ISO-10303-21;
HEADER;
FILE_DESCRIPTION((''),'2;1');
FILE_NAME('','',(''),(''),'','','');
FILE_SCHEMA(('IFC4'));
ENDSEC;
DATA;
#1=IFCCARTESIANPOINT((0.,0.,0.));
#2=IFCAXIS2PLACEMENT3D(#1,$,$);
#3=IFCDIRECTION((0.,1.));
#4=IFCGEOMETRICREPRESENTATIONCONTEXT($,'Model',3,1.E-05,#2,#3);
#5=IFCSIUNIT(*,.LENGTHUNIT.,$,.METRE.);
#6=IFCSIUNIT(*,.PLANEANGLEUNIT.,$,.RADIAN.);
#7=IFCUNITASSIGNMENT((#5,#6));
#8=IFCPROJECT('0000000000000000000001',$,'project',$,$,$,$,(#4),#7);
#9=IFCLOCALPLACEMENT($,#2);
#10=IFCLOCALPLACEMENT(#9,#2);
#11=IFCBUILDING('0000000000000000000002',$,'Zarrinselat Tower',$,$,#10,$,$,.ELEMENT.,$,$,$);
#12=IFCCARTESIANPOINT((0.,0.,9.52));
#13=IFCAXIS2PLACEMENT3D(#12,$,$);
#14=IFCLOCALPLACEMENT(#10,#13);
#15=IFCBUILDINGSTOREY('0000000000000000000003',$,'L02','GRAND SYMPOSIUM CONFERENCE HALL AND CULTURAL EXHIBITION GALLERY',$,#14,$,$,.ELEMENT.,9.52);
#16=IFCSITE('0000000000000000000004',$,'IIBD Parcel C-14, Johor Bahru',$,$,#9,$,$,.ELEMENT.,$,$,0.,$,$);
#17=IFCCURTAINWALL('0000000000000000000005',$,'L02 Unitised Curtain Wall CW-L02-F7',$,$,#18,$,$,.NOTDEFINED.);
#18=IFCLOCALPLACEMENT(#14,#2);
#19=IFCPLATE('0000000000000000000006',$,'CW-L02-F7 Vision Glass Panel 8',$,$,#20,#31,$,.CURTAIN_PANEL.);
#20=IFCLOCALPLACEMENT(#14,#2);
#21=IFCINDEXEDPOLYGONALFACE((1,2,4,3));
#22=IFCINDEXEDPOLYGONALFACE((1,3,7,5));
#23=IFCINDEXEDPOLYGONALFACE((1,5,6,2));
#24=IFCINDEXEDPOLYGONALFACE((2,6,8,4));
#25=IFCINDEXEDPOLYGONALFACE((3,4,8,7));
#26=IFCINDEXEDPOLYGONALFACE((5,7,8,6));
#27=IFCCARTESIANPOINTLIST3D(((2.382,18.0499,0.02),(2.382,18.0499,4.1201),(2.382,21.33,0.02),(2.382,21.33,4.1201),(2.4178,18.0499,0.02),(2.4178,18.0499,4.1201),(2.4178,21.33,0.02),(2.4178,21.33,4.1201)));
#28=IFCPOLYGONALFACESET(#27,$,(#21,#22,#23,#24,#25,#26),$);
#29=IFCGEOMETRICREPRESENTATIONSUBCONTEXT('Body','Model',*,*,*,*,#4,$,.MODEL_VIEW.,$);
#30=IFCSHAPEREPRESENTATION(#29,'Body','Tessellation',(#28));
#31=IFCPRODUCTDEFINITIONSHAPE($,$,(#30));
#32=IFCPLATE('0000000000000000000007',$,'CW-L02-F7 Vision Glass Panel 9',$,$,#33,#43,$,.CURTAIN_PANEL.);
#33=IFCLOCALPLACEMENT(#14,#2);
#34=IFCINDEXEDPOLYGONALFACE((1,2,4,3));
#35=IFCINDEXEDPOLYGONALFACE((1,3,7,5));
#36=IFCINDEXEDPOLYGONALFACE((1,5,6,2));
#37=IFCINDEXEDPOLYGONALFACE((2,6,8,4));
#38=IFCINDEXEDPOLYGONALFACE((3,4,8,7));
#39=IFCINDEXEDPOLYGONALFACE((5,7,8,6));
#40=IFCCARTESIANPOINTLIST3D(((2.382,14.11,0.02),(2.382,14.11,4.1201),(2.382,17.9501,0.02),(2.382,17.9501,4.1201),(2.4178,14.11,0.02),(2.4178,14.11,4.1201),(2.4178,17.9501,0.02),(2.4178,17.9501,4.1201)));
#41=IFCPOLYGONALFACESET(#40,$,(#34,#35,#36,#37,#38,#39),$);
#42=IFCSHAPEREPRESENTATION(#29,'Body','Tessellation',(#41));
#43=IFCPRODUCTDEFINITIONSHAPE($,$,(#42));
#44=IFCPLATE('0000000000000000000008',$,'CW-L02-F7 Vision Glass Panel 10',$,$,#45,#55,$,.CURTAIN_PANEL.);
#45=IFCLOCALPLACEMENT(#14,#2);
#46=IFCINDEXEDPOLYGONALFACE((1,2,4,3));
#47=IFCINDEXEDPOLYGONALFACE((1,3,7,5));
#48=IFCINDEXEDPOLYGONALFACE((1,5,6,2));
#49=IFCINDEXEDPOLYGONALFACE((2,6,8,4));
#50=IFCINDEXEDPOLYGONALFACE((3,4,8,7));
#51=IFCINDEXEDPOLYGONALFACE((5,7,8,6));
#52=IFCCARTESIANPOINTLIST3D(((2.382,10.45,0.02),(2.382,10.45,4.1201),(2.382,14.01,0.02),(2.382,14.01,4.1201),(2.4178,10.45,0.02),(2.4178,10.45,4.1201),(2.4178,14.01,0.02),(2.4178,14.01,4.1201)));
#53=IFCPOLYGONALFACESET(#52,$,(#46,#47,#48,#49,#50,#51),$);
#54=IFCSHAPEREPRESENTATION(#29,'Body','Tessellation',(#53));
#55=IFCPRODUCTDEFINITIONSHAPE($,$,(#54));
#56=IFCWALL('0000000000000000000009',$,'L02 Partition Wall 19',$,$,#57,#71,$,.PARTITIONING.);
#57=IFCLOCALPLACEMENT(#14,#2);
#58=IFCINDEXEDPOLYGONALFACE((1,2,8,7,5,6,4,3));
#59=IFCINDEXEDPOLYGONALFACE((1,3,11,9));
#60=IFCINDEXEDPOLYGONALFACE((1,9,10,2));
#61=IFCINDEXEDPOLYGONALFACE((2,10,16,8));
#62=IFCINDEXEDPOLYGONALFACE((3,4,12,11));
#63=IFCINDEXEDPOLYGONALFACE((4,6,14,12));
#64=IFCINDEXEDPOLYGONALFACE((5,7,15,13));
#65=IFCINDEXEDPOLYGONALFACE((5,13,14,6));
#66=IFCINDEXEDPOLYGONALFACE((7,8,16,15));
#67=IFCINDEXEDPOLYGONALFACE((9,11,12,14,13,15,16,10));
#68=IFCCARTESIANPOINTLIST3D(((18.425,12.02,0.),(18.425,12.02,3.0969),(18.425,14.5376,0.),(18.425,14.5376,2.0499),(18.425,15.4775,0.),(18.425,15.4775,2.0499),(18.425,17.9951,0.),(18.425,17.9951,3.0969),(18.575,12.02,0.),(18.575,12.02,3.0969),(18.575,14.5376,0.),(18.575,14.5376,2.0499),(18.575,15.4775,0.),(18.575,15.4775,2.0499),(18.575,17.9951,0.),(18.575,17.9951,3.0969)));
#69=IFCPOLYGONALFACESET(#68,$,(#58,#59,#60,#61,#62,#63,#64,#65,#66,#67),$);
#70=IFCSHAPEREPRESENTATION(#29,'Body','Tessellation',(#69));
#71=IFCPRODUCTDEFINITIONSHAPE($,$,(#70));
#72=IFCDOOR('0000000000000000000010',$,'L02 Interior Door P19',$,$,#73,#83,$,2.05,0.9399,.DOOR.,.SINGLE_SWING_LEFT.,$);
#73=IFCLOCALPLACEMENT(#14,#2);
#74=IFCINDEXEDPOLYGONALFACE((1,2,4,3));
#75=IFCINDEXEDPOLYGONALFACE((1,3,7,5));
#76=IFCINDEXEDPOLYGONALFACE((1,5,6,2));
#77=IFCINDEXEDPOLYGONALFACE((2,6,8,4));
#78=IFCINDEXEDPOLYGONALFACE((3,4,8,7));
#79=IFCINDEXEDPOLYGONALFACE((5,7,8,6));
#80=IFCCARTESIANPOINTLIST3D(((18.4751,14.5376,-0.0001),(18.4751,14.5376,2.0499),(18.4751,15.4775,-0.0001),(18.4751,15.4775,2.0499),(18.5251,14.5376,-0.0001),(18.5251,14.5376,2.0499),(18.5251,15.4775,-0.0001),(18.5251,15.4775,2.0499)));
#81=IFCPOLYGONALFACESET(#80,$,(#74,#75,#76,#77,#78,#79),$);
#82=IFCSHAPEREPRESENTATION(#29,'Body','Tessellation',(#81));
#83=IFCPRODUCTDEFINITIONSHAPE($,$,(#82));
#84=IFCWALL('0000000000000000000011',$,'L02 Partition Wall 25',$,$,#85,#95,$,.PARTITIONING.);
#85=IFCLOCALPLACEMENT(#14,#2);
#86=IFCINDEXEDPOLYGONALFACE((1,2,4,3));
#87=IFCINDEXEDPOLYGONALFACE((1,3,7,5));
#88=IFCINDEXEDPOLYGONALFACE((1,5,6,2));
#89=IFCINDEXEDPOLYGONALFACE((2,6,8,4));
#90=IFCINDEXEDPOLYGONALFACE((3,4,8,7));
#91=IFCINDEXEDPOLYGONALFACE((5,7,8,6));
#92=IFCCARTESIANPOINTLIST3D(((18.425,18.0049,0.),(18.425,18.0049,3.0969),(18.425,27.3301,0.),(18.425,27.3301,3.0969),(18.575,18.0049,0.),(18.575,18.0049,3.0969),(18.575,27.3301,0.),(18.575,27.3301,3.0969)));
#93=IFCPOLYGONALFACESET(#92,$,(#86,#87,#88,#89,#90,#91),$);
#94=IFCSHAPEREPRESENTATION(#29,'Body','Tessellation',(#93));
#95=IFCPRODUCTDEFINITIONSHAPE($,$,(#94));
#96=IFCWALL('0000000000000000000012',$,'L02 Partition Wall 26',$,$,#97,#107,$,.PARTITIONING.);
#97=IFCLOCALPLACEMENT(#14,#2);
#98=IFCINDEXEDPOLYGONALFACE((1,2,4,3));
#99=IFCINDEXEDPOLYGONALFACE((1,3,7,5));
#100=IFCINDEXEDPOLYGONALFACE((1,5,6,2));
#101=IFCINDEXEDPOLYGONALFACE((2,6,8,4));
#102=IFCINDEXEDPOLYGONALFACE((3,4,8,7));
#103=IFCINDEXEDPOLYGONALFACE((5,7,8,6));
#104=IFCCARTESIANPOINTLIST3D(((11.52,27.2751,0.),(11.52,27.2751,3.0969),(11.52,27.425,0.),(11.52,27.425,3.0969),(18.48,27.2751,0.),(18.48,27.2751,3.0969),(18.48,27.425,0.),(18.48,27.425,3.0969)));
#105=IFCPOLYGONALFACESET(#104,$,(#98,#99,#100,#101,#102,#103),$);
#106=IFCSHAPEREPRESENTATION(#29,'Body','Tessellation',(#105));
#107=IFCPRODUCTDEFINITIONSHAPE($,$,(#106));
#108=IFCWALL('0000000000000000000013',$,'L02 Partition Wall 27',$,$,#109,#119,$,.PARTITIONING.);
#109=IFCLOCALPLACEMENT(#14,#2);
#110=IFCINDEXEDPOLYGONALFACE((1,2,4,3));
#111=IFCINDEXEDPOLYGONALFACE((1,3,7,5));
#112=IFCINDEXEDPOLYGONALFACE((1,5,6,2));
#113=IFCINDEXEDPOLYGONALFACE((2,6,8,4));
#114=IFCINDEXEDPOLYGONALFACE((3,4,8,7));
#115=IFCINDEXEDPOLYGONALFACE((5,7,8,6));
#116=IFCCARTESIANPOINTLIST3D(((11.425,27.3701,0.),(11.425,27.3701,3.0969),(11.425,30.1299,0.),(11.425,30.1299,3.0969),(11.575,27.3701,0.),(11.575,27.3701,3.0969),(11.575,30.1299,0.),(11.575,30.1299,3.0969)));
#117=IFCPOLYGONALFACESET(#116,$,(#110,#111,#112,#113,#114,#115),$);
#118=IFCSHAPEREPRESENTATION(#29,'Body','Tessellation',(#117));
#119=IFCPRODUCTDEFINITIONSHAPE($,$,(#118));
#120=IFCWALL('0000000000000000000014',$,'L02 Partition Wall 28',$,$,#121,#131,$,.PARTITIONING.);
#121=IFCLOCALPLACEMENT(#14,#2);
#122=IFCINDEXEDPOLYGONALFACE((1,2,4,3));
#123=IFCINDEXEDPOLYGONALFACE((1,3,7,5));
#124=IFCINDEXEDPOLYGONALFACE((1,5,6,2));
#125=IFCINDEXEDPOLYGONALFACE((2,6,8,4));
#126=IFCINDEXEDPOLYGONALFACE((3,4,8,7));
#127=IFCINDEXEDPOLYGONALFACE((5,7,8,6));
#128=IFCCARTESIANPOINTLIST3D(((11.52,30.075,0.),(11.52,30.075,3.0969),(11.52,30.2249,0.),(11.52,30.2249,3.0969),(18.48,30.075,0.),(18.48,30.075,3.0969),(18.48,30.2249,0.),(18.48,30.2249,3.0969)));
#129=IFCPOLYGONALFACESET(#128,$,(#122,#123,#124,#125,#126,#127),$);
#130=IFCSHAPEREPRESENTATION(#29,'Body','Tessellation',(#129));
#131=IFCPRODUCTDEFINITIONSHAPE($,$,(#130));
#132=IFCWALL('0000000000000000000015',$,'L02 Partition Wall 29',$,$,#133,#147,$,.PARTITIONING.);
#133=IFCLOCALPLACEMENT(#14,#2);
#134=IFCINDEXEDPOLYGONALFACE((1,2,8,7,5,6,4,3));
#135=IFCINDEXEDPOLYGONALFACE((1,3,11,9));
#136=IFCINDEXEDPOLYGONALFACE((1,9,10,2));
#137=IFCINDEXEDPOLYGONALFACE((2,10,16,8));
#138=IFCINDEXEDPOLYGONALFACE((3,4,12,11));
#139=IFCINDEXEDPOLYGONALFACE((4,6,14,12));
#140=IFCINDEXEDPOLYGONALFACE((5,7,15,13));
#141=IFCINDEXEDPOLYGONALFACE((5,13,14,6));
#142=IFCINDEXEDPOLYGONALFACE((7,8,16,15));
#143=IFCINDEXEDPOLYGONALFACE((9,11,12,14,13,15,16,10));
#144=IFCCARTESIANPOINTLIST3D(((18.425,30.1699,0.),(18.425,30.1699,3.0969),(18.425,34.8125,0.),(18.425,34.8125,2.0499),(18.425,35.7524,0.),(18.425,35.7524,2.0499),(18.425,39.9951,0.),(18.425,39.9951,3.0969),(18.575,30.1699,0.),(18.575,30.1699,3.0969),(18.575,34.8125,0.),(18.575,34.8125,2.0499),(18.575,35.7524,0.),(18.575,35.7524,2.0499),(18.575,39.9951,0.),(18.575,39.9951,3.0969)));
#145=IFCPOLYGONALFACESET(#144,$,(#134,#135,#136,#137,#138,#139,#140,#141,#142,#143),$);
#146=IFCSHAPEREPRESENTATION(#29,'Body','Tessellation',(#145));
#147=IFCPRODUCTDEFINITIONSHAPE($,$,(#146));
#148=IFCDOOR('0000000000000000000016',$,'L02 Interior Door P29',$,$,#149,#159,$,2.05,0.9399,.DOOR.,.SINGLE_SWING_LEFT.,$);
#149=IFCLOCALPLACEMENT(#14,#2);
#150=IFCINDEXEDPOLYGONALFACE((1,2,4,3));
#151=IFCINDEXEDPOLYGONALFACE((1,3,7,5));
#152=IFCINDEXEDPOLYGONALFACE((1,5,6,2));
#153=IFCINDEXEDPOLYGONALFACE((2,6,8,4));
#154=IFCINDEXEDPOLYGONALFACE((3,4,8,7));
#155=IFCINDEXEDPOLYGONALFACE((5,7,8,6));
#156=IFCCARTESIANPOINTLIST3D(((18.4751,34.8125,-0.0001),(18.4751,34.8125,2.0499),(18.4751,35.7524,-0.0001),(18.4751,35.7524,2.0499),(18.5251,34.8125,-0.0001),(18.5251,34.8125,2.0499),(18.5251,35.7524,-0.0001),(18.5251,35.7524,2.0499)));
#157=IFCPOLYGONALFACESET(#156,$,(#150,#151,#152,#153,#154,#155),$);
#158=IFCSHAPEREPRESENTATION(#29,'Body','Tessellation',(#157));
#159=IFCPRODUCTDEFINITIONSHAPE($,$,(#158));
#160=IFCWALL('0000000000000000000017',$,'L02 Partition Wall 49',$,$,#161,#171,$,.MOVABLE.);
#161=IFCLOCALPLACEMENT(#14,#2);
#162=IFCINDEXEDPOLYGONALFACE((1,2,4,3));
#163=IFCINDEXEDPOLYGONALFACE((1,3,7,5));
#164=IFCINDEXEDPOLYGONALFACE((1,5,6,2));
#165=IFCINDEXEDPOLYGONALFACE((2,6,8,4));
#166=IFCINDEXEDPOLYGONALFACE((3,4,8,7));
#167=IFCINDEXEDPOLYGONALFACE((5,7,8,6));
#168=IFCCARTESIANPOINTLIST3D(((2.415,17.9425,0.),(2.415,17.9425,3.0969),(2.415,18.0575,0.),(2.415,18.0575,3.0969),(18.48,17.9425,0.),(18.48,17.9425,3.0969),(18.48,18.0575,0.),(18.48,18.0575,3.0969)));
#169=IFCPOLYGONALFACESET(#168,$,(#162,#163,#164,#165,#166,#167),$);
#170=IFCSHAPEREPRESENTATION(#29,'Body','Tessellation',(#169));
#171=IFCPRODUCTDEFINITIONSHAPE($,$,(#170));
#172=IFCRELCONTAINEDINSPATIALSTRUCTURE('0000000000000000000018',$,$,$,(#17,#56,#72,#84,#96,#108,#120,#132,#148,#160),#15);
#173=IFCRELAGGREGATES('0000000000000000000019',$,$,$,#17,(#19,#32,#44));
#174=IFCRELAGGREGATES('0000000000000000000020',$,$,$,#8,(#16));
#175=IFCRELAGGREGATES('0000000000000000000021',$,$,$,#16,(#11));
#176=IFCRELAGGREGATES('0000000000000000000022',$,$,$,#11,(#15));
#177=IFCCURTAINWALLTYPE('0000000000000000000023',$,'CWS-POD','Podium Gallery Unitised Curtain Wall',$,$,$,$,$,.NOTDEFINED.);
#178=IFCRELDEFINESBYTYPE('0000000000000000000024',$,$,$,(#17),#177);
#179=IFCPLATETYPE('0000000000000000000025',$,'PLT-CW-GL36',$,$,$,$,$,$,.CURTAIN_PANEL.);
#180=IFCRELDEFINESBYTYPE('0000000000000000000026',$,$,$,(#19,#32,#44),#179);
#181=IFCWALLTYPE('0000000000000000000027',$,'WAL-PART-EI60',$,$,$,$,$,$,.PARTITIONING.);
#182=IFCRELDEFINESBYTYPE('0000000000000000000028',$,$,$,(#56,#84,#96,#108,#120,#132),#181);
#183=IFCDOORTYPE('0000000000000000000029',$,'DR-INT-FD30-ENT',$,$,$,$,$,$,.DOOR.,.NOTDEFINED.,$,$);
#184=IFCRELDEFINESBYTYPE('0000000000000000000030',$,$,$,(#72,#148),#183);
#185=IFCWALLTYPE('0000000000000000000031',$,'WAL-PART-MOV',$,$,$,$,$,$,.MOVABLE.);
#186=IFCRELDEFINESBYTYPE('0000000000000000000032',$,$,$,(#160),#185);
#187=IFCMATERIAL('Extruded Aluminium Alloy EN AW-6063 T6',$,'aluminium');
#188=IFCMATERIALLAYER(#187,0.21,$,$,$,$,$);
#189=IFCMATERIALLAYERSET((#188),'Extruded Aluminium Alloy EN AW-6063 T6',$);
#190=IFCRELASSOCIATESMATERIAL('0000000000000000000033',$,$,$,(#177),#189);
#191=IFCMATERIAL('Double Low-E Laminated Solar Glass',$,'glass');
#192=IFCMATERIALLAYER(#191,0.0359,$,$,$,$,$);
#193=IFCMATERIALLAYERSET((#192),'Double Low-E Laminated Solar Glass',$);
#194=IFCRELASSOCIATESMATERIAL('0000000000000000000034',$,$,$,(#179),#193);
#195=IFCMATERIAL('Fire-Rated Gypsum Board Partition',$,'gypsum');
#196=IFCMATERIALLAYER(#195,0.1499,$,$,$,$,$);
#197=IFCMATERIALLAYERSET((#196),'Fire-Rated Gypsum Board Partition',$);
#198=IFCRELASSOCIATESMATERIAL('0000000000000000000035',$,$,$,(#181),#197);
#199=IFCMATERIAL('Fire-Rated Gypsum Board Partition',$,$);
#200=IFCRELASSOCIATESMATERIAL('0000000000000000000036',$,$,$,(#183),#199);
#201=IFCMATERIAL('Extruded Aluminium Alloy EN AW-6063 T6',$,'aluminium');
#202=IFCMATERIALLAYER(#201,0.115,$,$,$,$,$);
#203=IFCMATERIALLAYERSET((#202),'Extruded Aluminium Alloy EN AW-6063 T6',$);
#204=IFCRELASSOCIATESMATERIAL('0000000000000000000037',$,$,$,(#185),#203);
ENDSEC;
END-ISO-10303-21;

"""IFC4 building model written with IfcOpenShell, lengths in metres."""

from ifc_helpers import new_model, si_unit, direction, frame, frame_2d, origin, origin_2d, place, context, subcontext, project, spatial, rectangle, extrude, material, layer, layer_set, type_object, element, fill, aggregate, save


model = new_model("IFC4")

# Units and contexts
model_context = context("Model", 3, precision=1e-05, world=origin(), true_north=direction((0.0, 1.0)))
body_context = subcontext(model_context, "Body", "Model", "MODEL_VIEW")
ifc_project = project(units=[si_unit("LENGTHUNIT", "METRE"), si_unit("PLANEANGLEUNIT", "RADIAN")], contexts=[model_context])

# Site, building, storey
site_placement = place(None, origin())
site = spatial("IfcSite", under=ifc_project, at=site_placement, Name="IIBD Parcel C-14, Johor Bahru", CompositionType="ELEMENT", RefElevation=0.0)
building_placement = place(site_placement, origin())
building = spatial("IfcBuilding", under=site, at=building_placement, Name="Zarrinselat Tower", CompositionType="ELEMENT")
storey_placement = place(building_placement, frame((0.0, 0.0, 9.52)))
storey = spatial("IfcBuildingStorey", under=building, at=storey_placement, Name="L02", Description="GRAND SYMPOSIUM CONFERENCE HALL AND CULTURAL EXHIBITION GALLERY", CompositionType="ELEMENT", Elevation=9.52)

# Curtain wall, plates
ifc_material_1 = material(Name="Extruded Aluminium Alloy EN AW-6063 T6", Category="aluminium")
ifc_layer_1 = layer(ifc_material_1, 0.21)
ifc_layer_set_1 = layer_set([ifc_layer_1], Name="Extruded Aluminium Alloy EN AW-6063 T6")
curtain_wall_type = type_object("IfcCurtainWallType", Name="CWS-POD", Description="Podium Gallery Unitised Curtain Wall", PredefinedType="NOTDEFINED", material=ifc_layer_set_1)
curtain_wall_placement = place(storey_placement, origin())
curtain_wall = element("IfcCurtainWall", 1, at=curtain_wall_placement, inside=storey, type_object=curtain_wall_type, Name="L02 Unitised Curtain Wall CW-L02-F7", PredefinedType="NOTDEFINED")
ifc_material_2 = material(Name="Double Low-E Laminated Solar Glass", Category="glass")
ifc_layer_2 = layer(ifc_material_2, 0.0359)
ifc_layer_set_2 = layer_set([ifc_layer_2], Name="Double Low-E Laminated Solar Glass")
plate_type = type_object("IfcPlateType", Name="PLT-CW-GL36", PredefinedType="CURTAIN_PANEL", material=ifc_layer_set_2)
plate_1_placement = place(storey_placement, frame((2.3999, 19.6899, 0.02), z_axis=(0.0, 0.0, 1.0), x_axis=(0.0, -1.0, 0.0)))
plate_1 = element("IfcPlate", 2, at=plate_1_placement, type_object=plate_type, Name="CW-L02-F7 Vision Glass Panel 8", PredefinedType="CURTAIN_PANEL", context=body_context, shape_type="SweptSolid", body=[
    extrude(rectangle(XDim=3.28, YDim=0.0359, at=origin_2d()), origin(), (0.0, 0.0, 1.0), 4.1001),
])
plate_2_placement = place(storey_placement, frame((2.3999, 16.03, 0.02), z_axis=(0.0, 0.0, 1.0), x_axis=(0.0, -1.0, 0.0)))
plate_2 = element("IfcPlate", 3, at=plate_2_placement, type_object=plate_type, Name="CW-L02-F7 Vision Glass Panel 9", PredefinedType="CURTAIN_PANEL", context=body_context, shape_type="SweptSolid", body=[
    extrude(rectangle(XDim=3.8401, YDim=0.0359, at=origin_2d()), origin(), (0.0, 0.0, 1.0), 4.1001),
])
plate_3_placement = place(storey_placement, frame((2.3999, 12.23, 0.02), z_axis=(0.0, 0.0, 1.0), x_axis=(0.0, -1.0, 0.0)))
plate_3 = element("IfcPlate", 4, at=plate_3_placement, type_object=plate_type, Name="CW-L02-F7 Vision Glass Panel 10", PredefinedType="CURTAIN_PANEL", context=body_context, shape_type="SweptSolid", body=[
    extrude(rectangle(XDim=3.5601, YDim=0.0359, at=origin_2d()), origin(), (0.0, 0.0, 1.0), 4.1001),
])
aggregate(curtain_wall, [plate_1, plate_2, plate_3])

# Wall, opening, door
ifc_material_3 = material(Name="Fire-Rated Gypsum Board Partition", Category="gypsum")
ifc_layer_3 = layer(ifc_material_3, 0.1499)
ifc_layer_set_3 = layer_set([ifc_layer_3], Name="Fire-Rated Gypsum Board Partition")
wall_type_1 = type_object("IfcWallType", Name="WAL-PART-EI60", PredefinedType="PARTITIONING", material=ifc_layer_set_3)
wall_1_placement = place(storey_placement, frame((18.5, 12.02, 0.0), z_axis=(0.0, 0.0, 1.0), x_axis=(0.0, 1.0, 0.0)))
wall_1 = element("IfcWall", 5, at=wall_1_placement, inside=storey, type_object=wall_type_1, Name="L02 Partition Wall 19", PredefinedType="PARTITIONING", context=body_context, shape_type="SweptSolid", body=[
    extrude(rectangle(XDim=5.9751, YDim=0.1499, at=frame_2d((2.9875, 0.0))), origin(), (0.0, 0.0, 1.0), 3.0969),
])
opening_1_placement = place(wall_1_placement, frame((2.5176, 0.0, 0.0)))
opening_1 = element("IfcOpeningElement", 6, at=opening_1_placement, cuts=wall_1, PredefinedType="OPENING", context=body_context, shape_type="SweptSolid", body=[
    extrude(rectangle(XDim=0.9399, YDim=2.05, at=frame_2d((0.47, 1.0249))), frame((0.0, 0.085, 0.0), z_axis=(0.0, -1.0, 0.0), x_axis=(1.0, 0.0, 0.0)), (0.0, 0.0, 1.0), 0.1699),
])
ifc_material_4 = material(Name="Fire-Rated Gypsum Board Partition")
door_type = type_object("IfcDoorType", Name="DR-INT-FD30-ENT", OperationType="NOTDEFINED", PredefinedType="DOOR", material=ifc_material_4)
door_1_placement = place(opening_1_placement, origin())
door_1 = element("IfcDoor", 7, at=door_1_placement, inside=storey, type_object=door_type, Name="L02 Interior Door P19", OperationType="SINGLE_SWING_LEFT", OverallHeight=2.05, OverallWidth=0.9399, PredefinedType="DOOR", context=body_context, shape_type="SweptSolid", body=[
    extrude(rectangle(XDim=0.9399, YDim=2.05, at=frame_2d((0.47, 1.0249))), frame((0.0, 0.0249, 0.0), z_axis=(0.0, -1.0, 0.0), x_axis=(1.0, 0.0, 0.0)), (0.0, 0.0, 1.0), 0.05),
])
fill(opening_1, door_1)

# Walls
wall_2_placement = place(storey_placement, frame((18.5, 18.0049, 0.0), z_axis=(0.0, 0.0, 1.0), x_axis=(0.0, 1.0, 0.0)))
element("IfcWall", 8, at=wall_2_placement, inside=storey, type_object=wall_type_1, Name="L02 Partition Wall 25", PredefinedType="PARTITIONING", context=body_context, shape_type="SweptSolid", body=[
    extrude(rectangle(XDim=9.3252, YDim=0.1499, at=frame_2d((4.6626, 0.0))), origin(), (0.0, 0.0, 1.0), 3.0969),
])
wall_3_placement = place(storey_placement, frame((11.52, 27.3501, 0.0), z_axis=(0.0, 0.0, 1.0), x_axis=(1.0, 0.0, 0.0)))
element("IfcWall", 9, at=wall_3_placement, inside=storey, type_object=wall_type_1, Name="L02 Partition Wall 26", PredefinedType="PARTITIONING", context=body_context, shape_type="SweptSolid", body=[
    extrude(rectangle(XDim=6.96, YDim=0.1499, at=frame_2d((3.48, 0.0))), origin(), (0.0, 0.0, 1.0), 3.0969),
])
wall_4_placement = place(storey_placement, frame((11.5, 27.3701, 0.0), z_axis=(0.0, 0.0, 1.0), x_axis=(0.0, 1.0, 0.0)))
element("IfcWall", 10, at=wall_4_placement, inside=storey, type_object=wall_type_1, Name="L02 Partition Wall 27", PredefinedType="PARTITIONING", context=body_context, shape_type="SweptSolid", body=[
    extrude(rectangle(XDim=2.7598, YDim=0.1499, at=frame_2d((1.3799, 0.0))), origin(), (0.0, 0.0, 1.0), 3.0969),
])
wall_5_placement = place(storey_placement, frame((11.52, 30.1499, 0.0), z_axis=(0.0, 0.0, 1.0), x_axis=(1.0, 0.0, 0.0)))
element("IfcWall", 11, at=wall_5_placement, inside=storey, type_object=wall_type_1, Name="L02 Partition Wall 28", PredefinedType="PARTITIONING", context=body_context, shape_type="SweptSolid", body=[
    extrude(rectangle(XDim=6.96, YDim=0.1499, at=frame_2d((3.48, 0.0))), origin(), (0.0, 0.0, 1.0), 3.0969),
])

# Wall, opening, door
wall_6_placement = place(storey_placement, frame((18.5, 30.1699, 0.0), z_axis=(0.0, 0.0, 1.0), x_axis=(0.0, 1.0, 0.0)))
wall_6 = element("IfcWall", 12, at=wall_6_placement, inside=storey, type_object=wall_type_1, Name="L02 Partition Wall 29", PredefinedType="PARTITIONING", context=body_context, shape_type="SweptSolid", body=[
    extrude(rectangle(XDim=9.8252, YDim=0.1499, at=frame_2d((4.9126, 0.0))), origin(), (0.0, 0.0, 1.0), 3.0969),
])
opening_2_placement = place(wall_6_placement, frame((4.6426, 0.0, 0.0)))
opening_2 = element("IfcOpeningElement", 13, at=opening_2_placement, cuts=wall_6, PredefinedType="OPENING", context=body_context, shape_type="SweptSolid", body=[
    extrude(rectangle(XDim=0.9399, YDim=2.05, at=frame_2d((0.47, 1.0249))), frame((0.0, 0.085, 0.0), z_axis=(0.0, -1.0, 0.0), x_axis=(1.0, 0.0, 0.0)), (0.0, 0.0, 1.0), 0.1699),
])
door_2_placement = place(opening_2_placement, origin())
door_2 = element("IfcDoor", 14, at=door_2_placement, inside=storey, type_object=door_type, Name="L02 Interior Door P29", OperationType="SINGLE_SWING_LEFT", OverallHeight=2.05, OverallWidth=0.9399, PredefinedType="DOOR", context=body_context, shape_type="SweptSolid", body=[
    extrude(rectangle(XDim=0.9399, YDim=2.05, at=frame_2d((0.47, 1.0249))), frame((0.0, 0.0249, 0.0), z_axis=(0.0, -1.0, 0.0), x_axis=(1.0, 0.0, 0.0)), (0.0, 0.0, 1.0), 0.05),
])
fill(opening_2, door_2)

# Wall
ifc_material_5 = material(Name="Extruded Aluminium Alloy EN AW-6063 T6", Category="aluminium")
ifc_layer_4 = layer(ifc_material_5, 0.115)
ifc_layer_set_4 = layer_set([ifc_layer_4], Name="Extruded Aluminium Alloy EN AW-6063 T6")
wall_type_2 = type_object("IfcWallType", Name="WAL-PART-MOV", PredefinedType="MOVABLE", material=ifc_layer_set_4)
wall_7_placement = place(storey_placement, frame((2.415, 18.0, 0.0), z_axis=(0.0, 0.0, 1.0), x_axis=(1.0, 0.0, 0.0)))
element("IfcWall", 15, at=wall_7_placement, inside=storey, type_object=wall_type_2, Name="L02 Partition Wall 49", PredefinedType="MOVABLE", context=body_context, shape_type="SweptSolid", body=[
    extrude(rectangle(XDim=16.0649, YDim=0.115, at=frame_2d((8.0325, 0.0))), origin(), (0.0, 0.0, 1.0), 3.0969),
])

save(model, "model.ifc")
